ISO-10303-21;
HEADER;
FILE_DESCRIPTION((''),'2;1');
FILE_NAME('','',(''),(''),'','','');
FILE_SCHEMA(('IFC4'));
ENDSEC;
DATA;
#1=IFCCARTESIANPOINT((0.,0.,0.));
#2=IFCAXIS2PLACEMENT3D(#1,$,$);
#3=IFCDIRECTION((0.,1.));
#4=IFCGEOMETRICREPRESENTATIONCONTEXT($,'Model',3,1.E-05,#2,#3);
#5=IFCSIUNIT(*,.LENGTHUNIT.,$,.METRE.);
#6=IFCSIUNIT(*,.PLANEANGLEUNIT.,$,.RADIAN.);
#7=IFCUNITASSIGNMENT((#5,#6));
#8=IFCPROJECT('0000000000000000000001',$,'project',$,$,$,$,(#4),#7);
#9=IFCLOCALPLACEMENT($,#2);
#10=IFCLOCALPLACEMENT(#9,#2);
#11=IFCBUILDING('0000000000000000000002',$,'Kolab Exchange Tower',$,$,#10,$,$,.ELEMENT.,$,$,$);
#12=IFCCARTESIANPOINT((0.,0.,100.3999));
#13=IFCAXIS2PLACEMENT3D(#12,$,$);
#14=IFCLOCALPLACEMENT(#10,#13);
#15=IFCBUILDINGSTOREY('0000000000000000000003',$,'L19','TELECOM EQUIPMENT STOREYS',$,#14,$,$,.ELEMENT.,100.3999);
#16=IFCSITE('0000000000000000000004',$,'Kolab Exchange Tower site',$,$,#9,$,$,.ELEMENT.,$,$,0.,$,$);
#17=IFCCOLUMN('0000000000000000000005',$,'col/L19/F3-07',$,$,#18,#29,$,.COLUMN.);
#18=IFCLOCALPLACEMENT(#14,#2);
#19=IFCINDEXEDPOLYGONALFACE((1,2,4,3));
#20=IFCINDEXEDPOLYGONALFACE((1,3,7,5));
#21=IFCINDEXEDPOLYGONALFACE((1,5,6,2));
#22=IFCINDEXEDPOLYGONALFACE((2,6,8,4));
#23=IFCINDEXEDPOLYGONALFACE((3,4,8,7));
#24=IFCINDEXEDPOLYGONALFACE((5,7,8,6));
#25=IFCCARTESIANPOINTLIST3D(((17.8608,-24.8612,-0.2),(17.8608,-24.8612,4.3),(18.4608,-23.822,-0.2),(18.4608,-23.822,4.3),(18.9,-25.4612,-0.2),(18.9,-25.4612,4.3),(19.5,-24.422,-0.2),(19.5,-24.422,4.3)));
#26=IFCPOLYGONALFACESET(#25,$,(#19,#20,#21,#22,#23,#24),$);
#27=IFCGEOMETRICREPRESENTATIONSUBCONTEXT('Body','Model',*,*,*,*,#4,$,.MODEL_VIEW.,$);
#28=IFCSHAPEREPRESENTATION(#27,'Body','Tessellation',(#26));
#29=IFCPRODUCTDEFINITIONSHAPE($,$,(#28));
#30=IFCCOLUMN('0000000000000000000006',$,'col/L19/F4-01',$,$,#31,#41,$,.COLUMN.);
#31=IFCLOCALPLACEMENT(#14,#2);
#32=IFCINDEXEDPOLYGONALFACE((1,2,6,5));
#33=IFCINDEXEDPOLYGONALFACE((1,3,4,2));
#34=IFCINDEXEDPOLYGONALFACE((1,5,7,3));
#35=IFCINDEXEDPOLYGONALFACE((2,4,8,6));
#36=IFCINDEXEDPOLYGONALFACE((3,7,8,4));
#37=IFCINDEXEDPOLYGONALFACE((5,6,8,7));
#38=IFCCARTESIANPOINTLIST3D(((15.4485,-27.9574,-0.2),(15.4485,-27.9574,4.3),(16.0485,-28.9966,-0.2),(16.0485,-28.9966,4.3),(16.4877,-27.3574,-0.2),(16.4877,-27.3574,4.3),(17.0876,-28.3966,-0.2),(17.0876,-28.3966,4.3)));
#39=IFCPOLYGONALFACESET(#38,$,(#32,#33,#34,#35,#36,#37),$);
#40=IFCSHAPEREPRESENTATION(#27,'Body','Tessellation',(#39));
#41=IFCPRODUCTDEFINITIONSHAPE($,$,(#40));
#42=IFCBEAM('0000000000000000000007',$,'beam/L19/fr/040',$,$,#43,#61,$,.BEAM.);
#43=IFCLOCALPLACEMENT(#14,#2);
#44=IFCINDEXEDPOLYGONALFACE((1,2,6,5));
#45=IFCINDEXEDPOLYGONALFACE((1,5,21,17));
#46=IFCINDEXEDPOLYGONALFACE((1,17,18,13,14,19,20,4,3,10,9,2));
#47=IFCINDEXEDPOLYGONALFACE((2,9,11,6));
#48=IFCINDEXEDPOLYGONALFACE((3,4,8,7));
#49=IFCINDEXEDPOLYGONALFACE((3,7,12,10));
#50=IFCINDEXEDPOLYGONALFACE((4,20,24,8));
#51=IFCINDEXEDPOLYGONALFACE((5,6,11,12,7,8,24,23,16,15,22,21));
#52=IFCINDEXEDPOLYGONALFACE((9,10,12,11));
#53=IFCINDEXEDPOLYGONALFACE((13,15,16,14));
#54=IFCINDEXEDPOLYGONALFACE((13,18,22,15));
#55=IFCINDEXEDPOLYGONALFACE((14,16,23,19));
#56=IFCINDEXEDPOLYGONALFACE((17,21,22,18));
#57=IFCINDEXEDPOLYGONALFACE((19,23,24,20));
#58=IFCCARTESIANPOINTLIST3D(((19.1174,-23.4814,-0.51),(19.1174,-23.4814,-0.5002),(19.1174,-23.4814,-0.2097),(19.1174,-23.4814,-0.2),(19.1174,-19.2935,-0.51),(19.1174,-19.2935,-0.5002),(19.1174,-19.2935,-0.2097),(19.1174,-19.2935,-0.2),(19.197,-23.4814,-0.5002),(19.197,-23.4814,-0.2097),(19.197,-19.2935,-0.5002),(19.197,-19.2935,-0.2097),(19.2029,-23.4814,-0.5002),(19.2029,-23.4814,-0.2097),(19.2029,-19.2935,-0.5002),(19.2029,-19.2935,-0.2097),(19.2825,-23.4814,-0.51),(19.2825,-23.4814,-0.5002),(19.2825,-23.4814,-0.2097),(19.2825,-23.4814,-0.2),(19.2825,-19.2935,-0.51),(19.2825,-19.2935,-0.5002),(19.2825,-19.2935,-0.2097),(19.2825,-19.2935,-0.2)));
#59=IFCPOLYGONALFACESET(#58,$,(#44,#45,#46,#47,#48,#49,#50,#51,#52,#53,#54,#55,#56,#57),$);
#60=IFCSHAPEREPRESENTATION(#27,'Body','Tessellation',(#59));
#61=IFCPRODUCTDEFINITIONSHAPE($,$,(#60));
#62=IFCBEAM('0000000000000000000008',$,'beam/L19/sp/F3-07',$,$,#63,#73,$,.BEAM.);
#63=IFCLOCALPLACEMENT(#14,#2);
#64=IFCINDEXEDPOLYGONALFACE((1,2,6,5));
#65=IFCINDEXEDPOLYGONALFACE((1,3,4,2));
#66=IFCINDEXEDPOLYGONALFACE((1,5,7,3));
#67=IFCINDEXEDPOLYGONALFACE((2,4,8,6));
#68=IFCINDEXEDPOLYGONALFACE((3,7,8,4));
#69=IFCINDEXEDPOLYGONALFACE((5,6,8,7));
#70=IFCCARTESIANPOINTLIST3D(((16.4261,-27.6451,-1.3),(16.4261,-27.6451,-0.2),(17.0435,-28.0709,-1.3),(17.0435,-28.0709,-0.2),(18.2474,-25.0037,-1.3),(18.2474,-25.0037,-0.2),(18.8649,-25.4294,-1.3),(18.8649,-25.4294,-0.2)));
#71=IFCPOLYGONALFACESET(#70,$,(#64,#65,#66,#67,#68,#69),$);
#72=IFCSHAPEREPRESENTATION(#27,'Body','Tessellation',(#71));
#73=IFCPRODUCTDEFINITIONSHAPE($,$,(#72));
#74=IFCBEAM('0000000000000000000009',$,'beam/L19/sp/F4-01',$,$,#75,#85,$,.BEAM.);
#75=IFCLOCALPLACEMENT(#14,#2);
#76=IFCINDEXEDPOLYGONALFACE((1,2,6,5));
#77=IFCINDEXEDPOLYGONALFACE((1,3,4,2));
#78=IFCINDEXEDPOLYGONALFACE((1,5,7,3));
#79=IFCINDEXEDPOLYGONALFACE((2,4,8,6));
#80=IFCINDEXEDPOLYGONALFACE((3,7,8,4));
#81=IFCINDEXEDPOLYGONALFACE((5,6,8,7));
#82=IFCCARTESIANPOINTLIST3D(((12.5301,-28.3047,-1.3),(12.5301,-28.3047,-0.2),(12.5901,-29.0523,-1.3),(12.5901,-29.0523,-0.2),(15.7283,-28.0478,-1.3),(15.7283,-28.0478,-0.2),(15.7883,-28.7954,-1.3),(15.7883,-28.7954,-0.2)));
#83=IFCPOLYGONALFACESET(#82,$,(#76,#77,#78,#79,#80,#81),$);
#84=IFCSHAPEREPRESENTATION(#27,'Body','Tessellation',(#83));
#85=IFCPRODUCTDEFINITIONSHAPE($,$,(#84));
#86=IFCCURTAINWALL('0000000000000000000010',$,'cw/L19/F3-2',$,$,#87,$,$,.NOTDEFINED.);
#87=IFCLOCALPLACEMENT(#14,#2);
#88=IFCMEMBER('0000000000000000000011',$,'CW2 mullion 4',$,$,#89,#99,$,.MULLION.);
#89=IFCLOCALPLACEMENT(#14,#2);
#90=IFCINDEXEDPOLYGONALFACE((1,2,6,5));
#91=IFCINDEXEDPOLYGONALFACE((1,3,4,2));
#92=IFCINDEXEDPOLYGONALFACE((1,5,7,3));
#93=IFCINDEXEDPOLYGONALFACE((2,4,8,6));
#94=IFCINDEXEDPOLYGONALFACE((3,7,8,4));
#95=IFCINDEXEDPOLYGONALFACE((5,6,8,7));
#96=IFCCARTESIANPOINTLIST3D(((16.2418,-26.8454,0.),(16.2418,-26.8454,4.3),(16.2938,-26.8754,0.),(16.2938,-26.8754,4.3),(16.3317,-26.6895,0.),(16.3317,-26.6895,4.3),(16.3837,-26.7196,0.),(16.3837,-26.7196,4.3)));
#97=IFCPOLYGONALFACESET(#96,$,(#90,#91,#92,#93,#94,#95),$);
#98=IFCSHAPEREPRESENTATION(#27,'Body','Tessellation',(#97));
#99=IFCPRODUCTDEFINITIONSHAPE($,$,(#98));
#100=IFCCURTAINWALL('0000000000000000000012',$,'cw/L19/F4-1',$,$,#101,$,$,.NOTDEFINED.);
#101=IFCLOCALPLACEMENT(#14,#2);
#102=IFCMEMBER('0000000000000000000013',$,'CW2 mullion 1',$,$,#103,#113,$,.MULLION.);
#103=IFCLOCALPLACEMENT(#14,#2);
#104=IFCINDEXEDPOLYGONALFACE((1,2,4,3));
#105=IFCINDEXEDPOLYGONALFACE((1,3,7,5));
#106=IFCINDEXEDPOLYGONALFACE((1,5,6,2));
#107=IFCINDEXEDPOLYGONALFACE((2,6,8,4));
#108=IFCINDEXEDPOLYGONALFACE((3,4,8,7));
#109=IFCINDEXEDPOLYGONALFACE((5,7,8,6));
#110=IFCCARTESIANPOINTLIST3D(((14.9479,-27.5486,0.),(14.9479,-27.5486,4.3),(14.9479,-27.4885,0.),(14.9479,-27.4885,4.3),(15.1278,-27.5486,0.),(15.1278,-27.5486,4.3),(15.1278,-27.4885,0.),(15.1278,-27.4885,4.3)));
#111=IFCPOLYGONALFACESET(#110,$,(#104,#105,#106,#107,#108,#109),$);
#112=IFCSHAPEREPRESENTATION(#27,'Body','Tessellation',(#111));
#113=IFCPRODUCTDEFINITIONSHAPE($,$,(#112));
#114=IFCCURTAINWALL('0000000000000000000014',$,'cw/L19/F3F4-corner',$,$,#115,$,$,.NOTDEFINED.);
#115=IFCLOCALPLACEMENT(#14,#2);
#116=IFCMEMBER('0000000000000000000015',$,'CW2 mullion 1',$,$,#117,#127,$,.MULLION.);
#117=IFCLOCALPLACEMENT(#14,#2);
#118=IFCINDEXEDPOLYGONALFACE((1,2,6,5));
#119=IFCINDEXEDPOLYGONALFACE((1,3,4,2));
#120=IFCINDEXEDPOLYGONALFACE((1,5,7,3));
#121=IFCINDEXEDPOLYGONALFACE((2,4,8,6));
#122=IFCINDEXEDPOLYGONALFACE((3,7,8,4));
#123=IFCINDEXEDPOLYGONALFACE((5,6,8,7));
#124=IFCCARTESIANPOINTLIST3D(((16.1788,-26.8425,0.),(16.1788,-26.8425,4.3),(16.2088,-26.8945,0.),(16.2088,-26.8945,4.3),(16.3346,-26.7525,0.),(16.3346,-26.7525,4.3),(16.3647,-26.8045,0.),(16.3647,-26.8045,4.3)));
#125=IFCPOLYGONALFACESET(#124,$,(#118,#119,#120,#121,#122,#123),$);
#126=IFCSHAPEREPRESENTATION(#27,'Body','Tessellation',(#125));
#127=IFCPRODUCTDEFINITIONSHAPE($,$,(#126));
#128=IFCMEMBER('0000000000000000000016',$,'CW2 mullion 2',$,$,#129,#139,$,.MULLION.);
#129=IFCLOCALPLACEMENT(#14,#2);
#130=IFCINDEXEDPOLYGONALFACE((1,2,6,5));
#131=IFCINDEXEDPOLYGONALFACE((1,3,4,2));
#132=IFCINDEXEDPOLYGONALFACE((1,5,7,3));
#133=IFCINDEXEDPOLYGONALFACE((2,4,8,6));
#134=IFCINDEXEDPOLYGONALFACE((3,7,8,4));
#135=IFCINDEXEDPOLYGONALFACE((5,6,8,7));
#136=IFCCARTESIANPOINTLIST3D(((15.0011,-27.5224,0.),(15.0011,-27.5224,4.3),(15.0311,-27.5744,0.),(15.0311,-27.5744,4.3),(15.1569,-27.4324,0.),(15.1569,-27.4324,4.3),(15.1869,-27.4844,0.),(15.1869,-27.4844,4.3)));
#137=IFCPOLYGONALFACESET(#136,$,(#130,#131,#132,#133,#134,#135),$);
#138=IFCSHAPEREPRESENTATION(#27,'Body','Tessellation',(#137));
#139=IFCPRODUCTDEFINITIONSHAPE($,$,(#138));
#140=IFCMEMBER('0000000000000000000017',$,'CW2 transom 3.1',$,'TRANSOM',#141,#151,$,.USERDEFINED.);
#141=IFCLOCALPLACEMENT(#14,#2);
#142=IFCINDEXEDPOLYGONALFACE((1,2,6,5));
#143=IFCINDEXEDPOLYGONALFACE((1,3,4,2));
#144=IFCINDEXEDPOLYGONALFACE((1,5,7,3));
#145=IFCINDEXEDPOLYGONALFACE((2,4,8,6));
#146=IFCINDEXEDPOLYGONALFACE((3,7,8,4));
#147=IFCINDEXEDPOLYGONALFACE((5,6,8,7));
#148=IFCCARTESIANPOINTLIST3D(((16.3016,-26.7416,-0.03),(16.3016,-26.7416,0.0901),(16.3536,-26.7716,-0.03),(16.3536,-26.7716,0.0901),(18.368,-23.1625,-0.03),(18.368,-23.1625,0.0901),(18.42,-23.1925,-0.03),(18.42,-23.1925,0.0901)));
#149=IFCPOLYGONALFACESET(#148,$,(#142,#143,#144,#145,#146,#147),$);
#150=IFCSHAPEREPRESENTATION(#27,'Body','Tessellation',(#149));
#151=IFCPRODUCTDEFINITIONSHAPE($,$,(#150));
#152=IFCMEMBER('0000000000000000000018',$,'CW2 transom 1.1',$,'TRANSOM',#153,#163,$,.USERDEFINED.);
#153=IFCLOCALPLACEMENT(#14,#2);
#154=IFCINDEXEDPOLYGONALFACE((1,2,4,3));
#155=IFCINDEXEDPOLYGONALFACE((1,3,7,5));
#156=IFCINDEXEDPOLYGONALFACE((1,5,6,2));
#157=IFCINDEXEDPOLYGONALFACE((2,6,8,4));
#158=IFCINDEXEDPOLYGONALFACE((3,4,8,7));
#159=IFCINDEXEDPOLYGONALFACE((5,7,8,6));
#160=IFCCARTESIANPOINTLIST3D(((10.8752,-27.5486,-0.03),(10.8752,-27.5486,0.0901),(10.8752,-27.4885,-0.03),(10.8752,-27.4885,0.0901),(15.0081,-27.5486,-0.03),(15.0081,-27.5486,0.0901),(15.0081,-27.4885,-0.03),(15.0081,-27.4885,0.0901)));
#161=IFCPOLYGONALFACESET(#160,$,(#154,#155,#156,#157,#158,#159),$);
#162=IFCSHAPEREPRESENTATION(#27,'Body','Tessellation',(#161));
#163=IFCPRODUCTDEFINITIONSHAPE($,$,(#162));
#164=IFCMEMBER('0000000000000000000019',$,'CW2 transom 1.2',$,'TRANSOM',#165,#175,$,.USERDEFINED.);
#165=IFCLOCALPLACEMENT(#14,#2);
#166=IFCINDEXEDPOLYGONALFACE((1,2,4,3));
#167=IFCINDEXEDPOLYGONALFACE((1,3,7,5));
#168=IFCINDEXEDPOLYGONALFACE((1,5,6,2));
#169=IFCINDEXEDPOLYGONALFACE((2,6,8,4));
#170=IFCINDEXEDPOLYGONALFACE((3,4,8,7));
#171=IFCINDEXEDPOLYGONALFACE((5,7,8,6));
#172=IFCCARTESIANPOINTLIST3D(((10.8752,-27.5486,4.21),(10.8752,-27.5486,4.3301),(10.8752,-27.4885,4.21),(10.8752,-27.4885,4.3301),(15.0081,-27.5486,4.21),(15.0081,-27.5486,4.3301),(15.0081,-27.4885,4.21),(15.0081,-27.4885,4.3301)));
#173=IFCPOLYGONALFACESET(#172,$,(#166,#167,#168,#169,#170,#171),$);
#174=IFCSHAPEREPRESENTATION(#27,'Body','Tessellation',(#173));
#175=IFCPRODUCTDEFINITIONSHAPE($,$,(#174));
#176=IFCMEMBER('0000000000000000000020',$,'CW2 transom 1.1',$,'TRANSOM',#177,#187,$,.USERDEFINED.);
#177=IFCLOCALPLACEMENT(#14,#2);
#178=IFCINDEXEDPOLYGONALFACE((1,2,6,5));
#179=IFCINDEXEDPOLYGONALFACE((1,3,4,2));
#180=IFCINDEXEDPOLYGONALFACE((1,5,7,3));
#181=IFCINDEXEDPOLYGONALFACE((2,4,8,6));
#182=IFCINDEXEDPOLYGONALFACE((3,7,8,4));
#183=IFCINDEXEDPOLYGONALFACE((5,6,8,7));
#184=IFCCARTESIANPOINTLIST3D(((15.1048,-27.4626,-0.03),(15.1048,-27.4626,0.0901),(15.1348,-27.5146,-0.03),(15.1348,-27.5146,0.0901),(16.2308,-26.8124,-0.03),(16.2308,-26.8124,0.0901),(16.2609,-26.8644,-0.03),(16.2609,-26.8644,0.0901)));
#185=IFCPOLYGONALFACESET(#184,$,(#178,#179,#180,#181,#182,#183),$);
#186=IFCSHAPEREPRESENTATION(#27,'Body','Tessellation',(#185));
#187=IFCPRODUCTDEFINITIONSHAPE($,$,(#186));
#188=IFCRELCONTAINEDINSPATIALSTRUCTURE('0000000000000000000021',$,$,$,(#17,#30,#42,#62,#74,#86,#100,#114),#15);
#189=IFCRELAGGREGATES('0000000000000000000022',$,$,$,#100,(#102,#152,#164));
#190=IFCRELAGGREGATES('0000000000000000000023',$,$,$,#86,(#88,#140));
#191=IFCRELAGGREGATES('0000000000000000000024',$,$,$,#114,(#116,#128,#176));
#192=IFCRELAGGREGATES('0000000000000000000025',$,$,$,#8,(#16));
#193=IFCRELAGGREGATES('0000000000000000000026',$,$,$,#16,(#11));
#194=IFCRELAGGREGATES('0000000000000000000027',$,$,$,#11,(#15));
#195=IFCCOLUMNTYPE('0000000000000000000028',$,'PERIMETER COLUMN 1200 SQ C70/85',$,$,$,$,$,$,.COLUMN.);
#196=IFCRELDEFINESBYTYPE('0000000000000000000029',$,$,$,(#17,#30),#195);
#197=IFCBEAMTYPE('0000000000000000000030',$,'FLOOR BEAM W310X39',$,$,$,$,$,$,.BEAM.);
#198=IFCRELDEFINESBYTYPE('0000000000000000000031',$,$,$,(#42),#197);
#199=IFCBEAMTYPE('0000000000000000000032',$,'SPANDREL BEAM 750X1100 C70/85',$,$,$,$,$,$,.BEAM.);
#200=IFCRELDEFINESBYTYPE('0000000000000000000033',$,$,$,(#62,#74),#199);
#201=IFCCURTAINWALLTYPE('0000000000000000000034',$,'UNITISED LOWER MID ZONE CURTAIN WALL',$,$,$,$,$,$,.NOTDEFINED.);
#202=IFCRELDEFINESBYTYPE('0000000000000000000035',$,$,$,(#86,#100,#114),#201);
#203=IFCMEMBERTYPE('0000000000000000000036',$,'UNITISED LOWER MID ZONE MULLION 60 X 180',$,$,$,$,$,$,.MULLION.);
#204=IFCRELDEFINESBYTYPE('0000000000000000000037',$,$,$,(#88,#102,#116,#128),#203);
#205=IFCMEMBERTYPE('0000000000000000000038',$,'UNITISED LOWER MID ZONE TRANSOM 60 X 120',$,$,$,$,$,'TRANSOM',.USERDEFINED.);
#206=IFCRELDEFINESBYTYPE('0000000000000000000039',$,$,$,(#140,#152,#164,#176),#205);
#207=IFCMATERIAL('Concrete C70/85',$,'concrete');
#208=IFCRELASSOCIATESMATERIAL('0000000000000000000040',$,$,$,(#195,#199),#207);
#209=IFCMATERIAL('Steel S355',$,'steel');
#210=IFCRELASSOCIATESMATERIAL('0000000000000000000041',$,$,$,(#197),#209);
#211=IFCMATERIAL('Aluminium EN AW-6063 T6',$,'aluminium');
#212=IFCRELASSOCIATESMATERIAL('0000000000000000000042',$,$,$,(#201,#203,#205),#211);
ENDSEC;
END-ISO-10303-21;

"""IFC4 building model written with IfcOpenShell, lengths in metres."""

from ifc_helpers import new_model, si_unit, direction, frame, origin, origin_2d, place, context, subcontext, project, spatial, rectangle, i_section, extrude, material, material_profile, profile_set, type_object, element, aggregate, save


model = new_model("IFC4")

# Units and contexts
model_context = context("Model", 3, precision=1e-05, world=origin(), true_north=direction((0.0, 1.0)))
body_context = subcontext(model_context, "Body", "Model", "MODEL_VIEW")
ifc_project = project(units=[si_unit("LENGTHUNIT", "METRE"), si_unit("PLANEANGLEUNIT", "RADIAN")], contexts=[model_context])

# Site, building, storey
site_placement = place(None, origin())
site = spatial("IfcSite", under=ifc_project, at=site_placement, Name="Kolab Exchange Tower site", CompositionType="ELEMENT", RefElevation=0.0)
building_placement = place(site_placement, origin())
building = spatial("IfcBuilding", under=site, at=building_placement, Name="Kolab Exchange Tower", CompositionType="ELEMENT")
storey_placement = place(building_placement, frame((0.0, 0.0, 100.3999)))
storey = spatial("IfcBuildingStorey", under=building, at=storey_placement, Name="L19", Description="TELECOM EQUIPMENT STOREYS", CompositionType="ELEMENT", Elevation=100.3999)

# Columns
ifc_material_1 = material(Name="Concrete C70/85", Category="concrete")
ifc_material_profile_1 = material_profile(ifc_material_1, rectangle(XDim=1.2, YDim=1.2, at=origin_2d()), Name="RC1200")
ifc_profile_set_1 = profile_set([ifc_material_profile_1], Name="Concrete C70/85")
column_type = type_object("IfcColumnType", Name="PERIMETER COLUMN 1200 SQ C70/85", PredefinedType="COLUMN", material=ifc_profile_set_1)
for number, where, z_axis, x_axis, name in (
    (1, (18.6804, -24.6416, -0.2), (0.0, 0.0, 1.0), (0.5, 0.866025, 0.0), "col/L19/F3-07"),
    (2, (16.2681, -28.177, -0.2), (0.0, 0.0, 1.0), (0.866025, 0.5, 0.0), "col/L19/F4-01"),
):
    element("IfcColumn", number, at=place(storey_placement, frame(where, z_axis=z_axis, x_axis=x_axis)), inside=storey, type_object=column_type, Name=name, PredefinedType="COLUMN", context=body_context, shape_type="SweptSolid", body=[
        extrude(rectangle(XDim=1.2, YDim=1.2, at=origin_2d()), origin(), (0.0, 0.0, 1.0), 4.5),
    ])

# Beams
ifc_material_2 = material(Name="Steel S355", Category="steel")
ifc_material_profile_2 = material_profile(ifc_material_2, i_section(OverallWidth=0.165, OverallDepth=0.3101, WebThickness=0.0059, FlangeThickness=0.0098, at=origin_2d()), Name="W310X39")
ifc_profile_set_2 = profile_set([ifc_material_profile_2], Name="Steel S355")
beam_type_1 = type_object("IfcBeamType", Name="FLOOR BEAM W310X39", PredefinedType="BEAM", material=ifc_profile_set_2)
beam_placement = place(storey_placement, frame((19.2, -23.4814, -0.355), z_axis=(0.0, 1.0, 0.0), x_axis=(-1.0, 0.0, 0.0)))
element("IfcBeam", 3, at=beam_placement, inside=storey, type_object=beam_type_1, Name="beam/L19/fr/040", PredefinedType="BEAM", context=body_context, shape_type="SweptSolid", body=[
    extrude(i_section(OverallWidth=0.165, OverallDepth=0.3101, WebThickness=0.0059, FlangeThickness=0.0098, at=origin_2d()), origin(), (0.0, 0.0, 1.0), 4.188),
])
ifc_material_profile_3 = material_profile(ifc_material_1, rectangle(XDim=0.75, YDim=1.1001, at=origin_2d()), Name="RC750X1100")
ifc_profile_set_3 = profile_set([ifc_material_profile_3], Name="Concrete C70/85")
beam_type_2 = type_object("IfcBeamType", Name="SPANDREL BEAM 750X1100 C70/85", PredefinedType="BEAM", material=ifc_profile_set_3)
for number, where, z_axis, x_axis, name in (
    (4, (18.5562, -25.2166, -0.75), (-0.567662, -0.823262, 0.0), (0.823262, -0.567662, 0.0), "beam/L19/sp/F3-07"),
    (5, (15.7583, -28.4216, -0.75), (-0.996791, -0.080048, 0.0), (0.080048, -0.996791, 0.0), "beam/L19/sp/F4-01"),
):
    element("IfcBeam", number, at=place(storey_placement, frame(where, z_axis=z_axis, x_axis=x_axis)), inside=storey, type_object=beam_type_2, Name=name, PredefinedType="BEAM", context=body_context, shape_type="SweptSolid", body=[
        extrude(rectangle(XDim=0.75, YDim=1.1001, at=origin_2d()), origin(), (0.0, 0.0, 1.0), 3.2085),
    ])

# Curtain walls, members
ifc_material_3 = material(Name="Aluminium EN AW-6063 T6", Category="aluminium")
curtain_wall_type = type_object("IfcCurtainWallType", Name="UNITISED LOWER MID ZONE CURTAIN WALL", PredefinedType="NOTDEFINED", material=ifc_material_3)
curtain_wall_1_placement = place(storey_placement, origin())
curtain_wall_1 = element("IfcCurtainWall", 6, at=curtain_wall_1_placement, inside=storey, type_object=curtain_wall_type, Name="cw/L19/F3-2", PredefinedType="NOTDEFINED")
ifc_material_profile_4 = material_profile(ifc_material_3, rectangle(XDim=0.0601, YDim=0.1799, at=origin_2d()), Name="RECT 60X180")
ifc_profile_set_4 = profile_set([ifc_material_profile_4], Name="Aluminium EN AW-6063 T6")
member_type_1 = type_object("IfcMemberType", Name="UNITISED LOWER MID ZONE MULLION 60 X 180", PredefinedType="MULLION", material=ifc_profile_set_4)
member_1_placement = place(storey_placement, frame((16.3127, -26.7825, 0.0), z_axis=(0.0, 0.0, 1.0), x_axis=(0.866025, -0.5, 0.0)))
member_1 = element("IfcMember", 7, at=member_1_placement, type_object=member_type_1, Name="CW2 mullion 4", PredefinedType="MULLION", context=body_context, shape_type="SweptSolid", body=[
    extrude(rectangle(XDim=0.0601, YDim=0.1799, at=origin_2d()), origin(), (0.0, 0.0, 1.0), 4.3),
])
curtain_wall_2_placement = place(storey_placement, origin())
curtain_wall_2 = element("IfcCurtainWall", 8, at=curtain_wall_2_placement, inside=storey, type_object=curtain_wall_type, Name="cw/L19/F4-1", PredefinedType="NOTDEFINED")
member_2_placement = place(storey_placement, frame((15.0378, -27.5186, 0.0), z_axis=(0.0, 0.0, 1.0), x_axis=(0.0, -1.0, 0.0)))
member_2 = element("IfcMember", 9, at=member_2_placement, type_object=member_type_1, Name="CW2 mullion 1", PredefinedType="MULLION", context=body_context, shape_type="SweptSolid", body=[
    extrude(rectangle(XDim=0.0601, YDim=0.1799, at=origin_2d()), origin(), (0.0, 0.0, 1.0), 4.3),
])

# Curtain wall, members
curtain_wall_3_placement = place(storey_placement, origin())
curtain_wall_3 = element("IfcCurtainWall", 10, at=curtain_wall_3_placement, inside=storey, type_object=curtain_wall_type, Name="cw/L19/F3F4-corner", PredefinedType="NOTDEFINED")
member_3_placement = place(storey_placement, frame((16.2717, -26.8235, 0.0), z_axis=(0.0, 0.0, 1.0), x_axis=(0.5, -0.866025, 0.0)))
member_3 = element("IfcMember", 11, at=member_3_placement, type_object=member_type_1, Name="CW2 mullion 1", PredefinedType="MULLION", context=body_context, shape_type="SweptSolid", body=[
    extrude(rectangle(XDim=0.0601, YDim=0.1799, at=origin_2d()), origin(), (0.0, 0.0, 1.0), 4.3),
])
member_4_placement = place(storey_placement, frame((15.094, -27.5034, 0.0), z_axis=(0.0, 0.0, 1.0), x_axis=(0.5, -0.866025, 0.0)))
member_4 = element("IfcMember", 12, at=member_4_placement, type_object=member_type_1, Name="CW2 mullion 2", PredefinedType="MULLION", context=body_context, shape_type="SweptSolid", body=[
    extrude(rectangle(XDim=0.0601, YDim=0.1799, at=origin_2d()), origin(), (0.0, 0.0, 1.0), 4.3),
])

# Members
ifc_material_profile_5 = material_profile(ifc_material_3, rectangle(XDim=0.0601, YDim=0.1201, at=origin_2d()), Name="RECT 60X120")
ifc_profile_set_5 = profile_set([ifc_material_profile_5], Name="Aluminium EN AW-6063 T6")
member_type_2 = type_object("IfcMemberType", Name="UNITISED LOWER MID ZONE TRANSOM 60 X 120", ElementType="TRANSOM", PredefinedType="USERDEFINED", material=ifc_profile_set_5)
member_5_placement = place(storey_placement, frame((18.394, -23.1775, 0.03), z_axis=(-0.500002, -0.866024, 0.0), x_axis=(0.866024, -0.500002, 0.0)))
member_5 = element("IfcMember", 13, at=member_5_placement, type_object=member_type_2, Name="CW2 transom 3.1", ObjectType="TRANSOM", PredefinedType="USERDEFINED", context=body_context, shape_type="SweptSolid", body=[
    extrude(rectangle(XDim=0.0601, YDim=0.1201, at=origin_2d()), origin(), (0.0, 0.0, 1.0), 4.1328),
])
member_6_placement = place(storey_placement, frame((15.0081, -27.5186, 0.03), z_axis=(-1.0, 0.0, 0.0), x_axis=(0.0, -1.0, 0.0)))
member_6 = element("IfcMember", 14, at=member_6_placement, type_object=member_type_2, Name="CW2 transom 1.1", ObjectType="TRANSOM", PredefinedType="USERDEFINED", context=body_context, shape_type="SweptSolid", body=[
    extrude(rectangle(XDim=0.0601, YDim=0.1201, at=origin_2d()), origin(), (0.0, 0.0, 1.0), 4.1328),
])
member_7_placement = place(storey_placement, frame((15.0081, -27.5186, 4.27), z_axis=(-1.0, 0.0, 0.0), x_axis=(0.0, -1.0, 0.0)))
member_7 = element("IfcMember", 15, at=member_7_placement, type_object=member_type_2, Name="CW2 transom 1.2", ObjectType="TRANSOM", PredefinedType="USERDEFINED", context=body_context, shape_type="SweptSolid", body=[
    extrude(rectangle(XDim=0.0601, YDim=0.1201, at=origin_2d()), origin(), (0.0, 0.0, 1.0), 4.1328),
])
aggregate(curtain_wall_2, [member_2, member_6, member_7])
member_8_placement = place(storey_placement, frame((16.2458, -26.8384, 0.03), z_axis=(-0.866004, -0.500037, 0.0), x_axis=(0.500037, -0.866004, 0.0)))
member_8 = element("IfcMember", 16, at=member_8_placement, type_object=member_type_2, Name="CW2 transom 1.1", ObjectType="TRANSOM", PredefinedType="USERDEFINED", context=body_context, shape_type="SweptSolid", body=[
    extrude(rectangle(XDim=0.0601, YDim=0.1201, at=origin_2d()), origin(), (0.0, 0.0, 1.0), 1.3003),
])

aggregate(curtain_wall_1, [member_1, member_5])
aggregate(curtain_wall_3, [member_3, member_4, member_8])

save(model, "model.ifc")
